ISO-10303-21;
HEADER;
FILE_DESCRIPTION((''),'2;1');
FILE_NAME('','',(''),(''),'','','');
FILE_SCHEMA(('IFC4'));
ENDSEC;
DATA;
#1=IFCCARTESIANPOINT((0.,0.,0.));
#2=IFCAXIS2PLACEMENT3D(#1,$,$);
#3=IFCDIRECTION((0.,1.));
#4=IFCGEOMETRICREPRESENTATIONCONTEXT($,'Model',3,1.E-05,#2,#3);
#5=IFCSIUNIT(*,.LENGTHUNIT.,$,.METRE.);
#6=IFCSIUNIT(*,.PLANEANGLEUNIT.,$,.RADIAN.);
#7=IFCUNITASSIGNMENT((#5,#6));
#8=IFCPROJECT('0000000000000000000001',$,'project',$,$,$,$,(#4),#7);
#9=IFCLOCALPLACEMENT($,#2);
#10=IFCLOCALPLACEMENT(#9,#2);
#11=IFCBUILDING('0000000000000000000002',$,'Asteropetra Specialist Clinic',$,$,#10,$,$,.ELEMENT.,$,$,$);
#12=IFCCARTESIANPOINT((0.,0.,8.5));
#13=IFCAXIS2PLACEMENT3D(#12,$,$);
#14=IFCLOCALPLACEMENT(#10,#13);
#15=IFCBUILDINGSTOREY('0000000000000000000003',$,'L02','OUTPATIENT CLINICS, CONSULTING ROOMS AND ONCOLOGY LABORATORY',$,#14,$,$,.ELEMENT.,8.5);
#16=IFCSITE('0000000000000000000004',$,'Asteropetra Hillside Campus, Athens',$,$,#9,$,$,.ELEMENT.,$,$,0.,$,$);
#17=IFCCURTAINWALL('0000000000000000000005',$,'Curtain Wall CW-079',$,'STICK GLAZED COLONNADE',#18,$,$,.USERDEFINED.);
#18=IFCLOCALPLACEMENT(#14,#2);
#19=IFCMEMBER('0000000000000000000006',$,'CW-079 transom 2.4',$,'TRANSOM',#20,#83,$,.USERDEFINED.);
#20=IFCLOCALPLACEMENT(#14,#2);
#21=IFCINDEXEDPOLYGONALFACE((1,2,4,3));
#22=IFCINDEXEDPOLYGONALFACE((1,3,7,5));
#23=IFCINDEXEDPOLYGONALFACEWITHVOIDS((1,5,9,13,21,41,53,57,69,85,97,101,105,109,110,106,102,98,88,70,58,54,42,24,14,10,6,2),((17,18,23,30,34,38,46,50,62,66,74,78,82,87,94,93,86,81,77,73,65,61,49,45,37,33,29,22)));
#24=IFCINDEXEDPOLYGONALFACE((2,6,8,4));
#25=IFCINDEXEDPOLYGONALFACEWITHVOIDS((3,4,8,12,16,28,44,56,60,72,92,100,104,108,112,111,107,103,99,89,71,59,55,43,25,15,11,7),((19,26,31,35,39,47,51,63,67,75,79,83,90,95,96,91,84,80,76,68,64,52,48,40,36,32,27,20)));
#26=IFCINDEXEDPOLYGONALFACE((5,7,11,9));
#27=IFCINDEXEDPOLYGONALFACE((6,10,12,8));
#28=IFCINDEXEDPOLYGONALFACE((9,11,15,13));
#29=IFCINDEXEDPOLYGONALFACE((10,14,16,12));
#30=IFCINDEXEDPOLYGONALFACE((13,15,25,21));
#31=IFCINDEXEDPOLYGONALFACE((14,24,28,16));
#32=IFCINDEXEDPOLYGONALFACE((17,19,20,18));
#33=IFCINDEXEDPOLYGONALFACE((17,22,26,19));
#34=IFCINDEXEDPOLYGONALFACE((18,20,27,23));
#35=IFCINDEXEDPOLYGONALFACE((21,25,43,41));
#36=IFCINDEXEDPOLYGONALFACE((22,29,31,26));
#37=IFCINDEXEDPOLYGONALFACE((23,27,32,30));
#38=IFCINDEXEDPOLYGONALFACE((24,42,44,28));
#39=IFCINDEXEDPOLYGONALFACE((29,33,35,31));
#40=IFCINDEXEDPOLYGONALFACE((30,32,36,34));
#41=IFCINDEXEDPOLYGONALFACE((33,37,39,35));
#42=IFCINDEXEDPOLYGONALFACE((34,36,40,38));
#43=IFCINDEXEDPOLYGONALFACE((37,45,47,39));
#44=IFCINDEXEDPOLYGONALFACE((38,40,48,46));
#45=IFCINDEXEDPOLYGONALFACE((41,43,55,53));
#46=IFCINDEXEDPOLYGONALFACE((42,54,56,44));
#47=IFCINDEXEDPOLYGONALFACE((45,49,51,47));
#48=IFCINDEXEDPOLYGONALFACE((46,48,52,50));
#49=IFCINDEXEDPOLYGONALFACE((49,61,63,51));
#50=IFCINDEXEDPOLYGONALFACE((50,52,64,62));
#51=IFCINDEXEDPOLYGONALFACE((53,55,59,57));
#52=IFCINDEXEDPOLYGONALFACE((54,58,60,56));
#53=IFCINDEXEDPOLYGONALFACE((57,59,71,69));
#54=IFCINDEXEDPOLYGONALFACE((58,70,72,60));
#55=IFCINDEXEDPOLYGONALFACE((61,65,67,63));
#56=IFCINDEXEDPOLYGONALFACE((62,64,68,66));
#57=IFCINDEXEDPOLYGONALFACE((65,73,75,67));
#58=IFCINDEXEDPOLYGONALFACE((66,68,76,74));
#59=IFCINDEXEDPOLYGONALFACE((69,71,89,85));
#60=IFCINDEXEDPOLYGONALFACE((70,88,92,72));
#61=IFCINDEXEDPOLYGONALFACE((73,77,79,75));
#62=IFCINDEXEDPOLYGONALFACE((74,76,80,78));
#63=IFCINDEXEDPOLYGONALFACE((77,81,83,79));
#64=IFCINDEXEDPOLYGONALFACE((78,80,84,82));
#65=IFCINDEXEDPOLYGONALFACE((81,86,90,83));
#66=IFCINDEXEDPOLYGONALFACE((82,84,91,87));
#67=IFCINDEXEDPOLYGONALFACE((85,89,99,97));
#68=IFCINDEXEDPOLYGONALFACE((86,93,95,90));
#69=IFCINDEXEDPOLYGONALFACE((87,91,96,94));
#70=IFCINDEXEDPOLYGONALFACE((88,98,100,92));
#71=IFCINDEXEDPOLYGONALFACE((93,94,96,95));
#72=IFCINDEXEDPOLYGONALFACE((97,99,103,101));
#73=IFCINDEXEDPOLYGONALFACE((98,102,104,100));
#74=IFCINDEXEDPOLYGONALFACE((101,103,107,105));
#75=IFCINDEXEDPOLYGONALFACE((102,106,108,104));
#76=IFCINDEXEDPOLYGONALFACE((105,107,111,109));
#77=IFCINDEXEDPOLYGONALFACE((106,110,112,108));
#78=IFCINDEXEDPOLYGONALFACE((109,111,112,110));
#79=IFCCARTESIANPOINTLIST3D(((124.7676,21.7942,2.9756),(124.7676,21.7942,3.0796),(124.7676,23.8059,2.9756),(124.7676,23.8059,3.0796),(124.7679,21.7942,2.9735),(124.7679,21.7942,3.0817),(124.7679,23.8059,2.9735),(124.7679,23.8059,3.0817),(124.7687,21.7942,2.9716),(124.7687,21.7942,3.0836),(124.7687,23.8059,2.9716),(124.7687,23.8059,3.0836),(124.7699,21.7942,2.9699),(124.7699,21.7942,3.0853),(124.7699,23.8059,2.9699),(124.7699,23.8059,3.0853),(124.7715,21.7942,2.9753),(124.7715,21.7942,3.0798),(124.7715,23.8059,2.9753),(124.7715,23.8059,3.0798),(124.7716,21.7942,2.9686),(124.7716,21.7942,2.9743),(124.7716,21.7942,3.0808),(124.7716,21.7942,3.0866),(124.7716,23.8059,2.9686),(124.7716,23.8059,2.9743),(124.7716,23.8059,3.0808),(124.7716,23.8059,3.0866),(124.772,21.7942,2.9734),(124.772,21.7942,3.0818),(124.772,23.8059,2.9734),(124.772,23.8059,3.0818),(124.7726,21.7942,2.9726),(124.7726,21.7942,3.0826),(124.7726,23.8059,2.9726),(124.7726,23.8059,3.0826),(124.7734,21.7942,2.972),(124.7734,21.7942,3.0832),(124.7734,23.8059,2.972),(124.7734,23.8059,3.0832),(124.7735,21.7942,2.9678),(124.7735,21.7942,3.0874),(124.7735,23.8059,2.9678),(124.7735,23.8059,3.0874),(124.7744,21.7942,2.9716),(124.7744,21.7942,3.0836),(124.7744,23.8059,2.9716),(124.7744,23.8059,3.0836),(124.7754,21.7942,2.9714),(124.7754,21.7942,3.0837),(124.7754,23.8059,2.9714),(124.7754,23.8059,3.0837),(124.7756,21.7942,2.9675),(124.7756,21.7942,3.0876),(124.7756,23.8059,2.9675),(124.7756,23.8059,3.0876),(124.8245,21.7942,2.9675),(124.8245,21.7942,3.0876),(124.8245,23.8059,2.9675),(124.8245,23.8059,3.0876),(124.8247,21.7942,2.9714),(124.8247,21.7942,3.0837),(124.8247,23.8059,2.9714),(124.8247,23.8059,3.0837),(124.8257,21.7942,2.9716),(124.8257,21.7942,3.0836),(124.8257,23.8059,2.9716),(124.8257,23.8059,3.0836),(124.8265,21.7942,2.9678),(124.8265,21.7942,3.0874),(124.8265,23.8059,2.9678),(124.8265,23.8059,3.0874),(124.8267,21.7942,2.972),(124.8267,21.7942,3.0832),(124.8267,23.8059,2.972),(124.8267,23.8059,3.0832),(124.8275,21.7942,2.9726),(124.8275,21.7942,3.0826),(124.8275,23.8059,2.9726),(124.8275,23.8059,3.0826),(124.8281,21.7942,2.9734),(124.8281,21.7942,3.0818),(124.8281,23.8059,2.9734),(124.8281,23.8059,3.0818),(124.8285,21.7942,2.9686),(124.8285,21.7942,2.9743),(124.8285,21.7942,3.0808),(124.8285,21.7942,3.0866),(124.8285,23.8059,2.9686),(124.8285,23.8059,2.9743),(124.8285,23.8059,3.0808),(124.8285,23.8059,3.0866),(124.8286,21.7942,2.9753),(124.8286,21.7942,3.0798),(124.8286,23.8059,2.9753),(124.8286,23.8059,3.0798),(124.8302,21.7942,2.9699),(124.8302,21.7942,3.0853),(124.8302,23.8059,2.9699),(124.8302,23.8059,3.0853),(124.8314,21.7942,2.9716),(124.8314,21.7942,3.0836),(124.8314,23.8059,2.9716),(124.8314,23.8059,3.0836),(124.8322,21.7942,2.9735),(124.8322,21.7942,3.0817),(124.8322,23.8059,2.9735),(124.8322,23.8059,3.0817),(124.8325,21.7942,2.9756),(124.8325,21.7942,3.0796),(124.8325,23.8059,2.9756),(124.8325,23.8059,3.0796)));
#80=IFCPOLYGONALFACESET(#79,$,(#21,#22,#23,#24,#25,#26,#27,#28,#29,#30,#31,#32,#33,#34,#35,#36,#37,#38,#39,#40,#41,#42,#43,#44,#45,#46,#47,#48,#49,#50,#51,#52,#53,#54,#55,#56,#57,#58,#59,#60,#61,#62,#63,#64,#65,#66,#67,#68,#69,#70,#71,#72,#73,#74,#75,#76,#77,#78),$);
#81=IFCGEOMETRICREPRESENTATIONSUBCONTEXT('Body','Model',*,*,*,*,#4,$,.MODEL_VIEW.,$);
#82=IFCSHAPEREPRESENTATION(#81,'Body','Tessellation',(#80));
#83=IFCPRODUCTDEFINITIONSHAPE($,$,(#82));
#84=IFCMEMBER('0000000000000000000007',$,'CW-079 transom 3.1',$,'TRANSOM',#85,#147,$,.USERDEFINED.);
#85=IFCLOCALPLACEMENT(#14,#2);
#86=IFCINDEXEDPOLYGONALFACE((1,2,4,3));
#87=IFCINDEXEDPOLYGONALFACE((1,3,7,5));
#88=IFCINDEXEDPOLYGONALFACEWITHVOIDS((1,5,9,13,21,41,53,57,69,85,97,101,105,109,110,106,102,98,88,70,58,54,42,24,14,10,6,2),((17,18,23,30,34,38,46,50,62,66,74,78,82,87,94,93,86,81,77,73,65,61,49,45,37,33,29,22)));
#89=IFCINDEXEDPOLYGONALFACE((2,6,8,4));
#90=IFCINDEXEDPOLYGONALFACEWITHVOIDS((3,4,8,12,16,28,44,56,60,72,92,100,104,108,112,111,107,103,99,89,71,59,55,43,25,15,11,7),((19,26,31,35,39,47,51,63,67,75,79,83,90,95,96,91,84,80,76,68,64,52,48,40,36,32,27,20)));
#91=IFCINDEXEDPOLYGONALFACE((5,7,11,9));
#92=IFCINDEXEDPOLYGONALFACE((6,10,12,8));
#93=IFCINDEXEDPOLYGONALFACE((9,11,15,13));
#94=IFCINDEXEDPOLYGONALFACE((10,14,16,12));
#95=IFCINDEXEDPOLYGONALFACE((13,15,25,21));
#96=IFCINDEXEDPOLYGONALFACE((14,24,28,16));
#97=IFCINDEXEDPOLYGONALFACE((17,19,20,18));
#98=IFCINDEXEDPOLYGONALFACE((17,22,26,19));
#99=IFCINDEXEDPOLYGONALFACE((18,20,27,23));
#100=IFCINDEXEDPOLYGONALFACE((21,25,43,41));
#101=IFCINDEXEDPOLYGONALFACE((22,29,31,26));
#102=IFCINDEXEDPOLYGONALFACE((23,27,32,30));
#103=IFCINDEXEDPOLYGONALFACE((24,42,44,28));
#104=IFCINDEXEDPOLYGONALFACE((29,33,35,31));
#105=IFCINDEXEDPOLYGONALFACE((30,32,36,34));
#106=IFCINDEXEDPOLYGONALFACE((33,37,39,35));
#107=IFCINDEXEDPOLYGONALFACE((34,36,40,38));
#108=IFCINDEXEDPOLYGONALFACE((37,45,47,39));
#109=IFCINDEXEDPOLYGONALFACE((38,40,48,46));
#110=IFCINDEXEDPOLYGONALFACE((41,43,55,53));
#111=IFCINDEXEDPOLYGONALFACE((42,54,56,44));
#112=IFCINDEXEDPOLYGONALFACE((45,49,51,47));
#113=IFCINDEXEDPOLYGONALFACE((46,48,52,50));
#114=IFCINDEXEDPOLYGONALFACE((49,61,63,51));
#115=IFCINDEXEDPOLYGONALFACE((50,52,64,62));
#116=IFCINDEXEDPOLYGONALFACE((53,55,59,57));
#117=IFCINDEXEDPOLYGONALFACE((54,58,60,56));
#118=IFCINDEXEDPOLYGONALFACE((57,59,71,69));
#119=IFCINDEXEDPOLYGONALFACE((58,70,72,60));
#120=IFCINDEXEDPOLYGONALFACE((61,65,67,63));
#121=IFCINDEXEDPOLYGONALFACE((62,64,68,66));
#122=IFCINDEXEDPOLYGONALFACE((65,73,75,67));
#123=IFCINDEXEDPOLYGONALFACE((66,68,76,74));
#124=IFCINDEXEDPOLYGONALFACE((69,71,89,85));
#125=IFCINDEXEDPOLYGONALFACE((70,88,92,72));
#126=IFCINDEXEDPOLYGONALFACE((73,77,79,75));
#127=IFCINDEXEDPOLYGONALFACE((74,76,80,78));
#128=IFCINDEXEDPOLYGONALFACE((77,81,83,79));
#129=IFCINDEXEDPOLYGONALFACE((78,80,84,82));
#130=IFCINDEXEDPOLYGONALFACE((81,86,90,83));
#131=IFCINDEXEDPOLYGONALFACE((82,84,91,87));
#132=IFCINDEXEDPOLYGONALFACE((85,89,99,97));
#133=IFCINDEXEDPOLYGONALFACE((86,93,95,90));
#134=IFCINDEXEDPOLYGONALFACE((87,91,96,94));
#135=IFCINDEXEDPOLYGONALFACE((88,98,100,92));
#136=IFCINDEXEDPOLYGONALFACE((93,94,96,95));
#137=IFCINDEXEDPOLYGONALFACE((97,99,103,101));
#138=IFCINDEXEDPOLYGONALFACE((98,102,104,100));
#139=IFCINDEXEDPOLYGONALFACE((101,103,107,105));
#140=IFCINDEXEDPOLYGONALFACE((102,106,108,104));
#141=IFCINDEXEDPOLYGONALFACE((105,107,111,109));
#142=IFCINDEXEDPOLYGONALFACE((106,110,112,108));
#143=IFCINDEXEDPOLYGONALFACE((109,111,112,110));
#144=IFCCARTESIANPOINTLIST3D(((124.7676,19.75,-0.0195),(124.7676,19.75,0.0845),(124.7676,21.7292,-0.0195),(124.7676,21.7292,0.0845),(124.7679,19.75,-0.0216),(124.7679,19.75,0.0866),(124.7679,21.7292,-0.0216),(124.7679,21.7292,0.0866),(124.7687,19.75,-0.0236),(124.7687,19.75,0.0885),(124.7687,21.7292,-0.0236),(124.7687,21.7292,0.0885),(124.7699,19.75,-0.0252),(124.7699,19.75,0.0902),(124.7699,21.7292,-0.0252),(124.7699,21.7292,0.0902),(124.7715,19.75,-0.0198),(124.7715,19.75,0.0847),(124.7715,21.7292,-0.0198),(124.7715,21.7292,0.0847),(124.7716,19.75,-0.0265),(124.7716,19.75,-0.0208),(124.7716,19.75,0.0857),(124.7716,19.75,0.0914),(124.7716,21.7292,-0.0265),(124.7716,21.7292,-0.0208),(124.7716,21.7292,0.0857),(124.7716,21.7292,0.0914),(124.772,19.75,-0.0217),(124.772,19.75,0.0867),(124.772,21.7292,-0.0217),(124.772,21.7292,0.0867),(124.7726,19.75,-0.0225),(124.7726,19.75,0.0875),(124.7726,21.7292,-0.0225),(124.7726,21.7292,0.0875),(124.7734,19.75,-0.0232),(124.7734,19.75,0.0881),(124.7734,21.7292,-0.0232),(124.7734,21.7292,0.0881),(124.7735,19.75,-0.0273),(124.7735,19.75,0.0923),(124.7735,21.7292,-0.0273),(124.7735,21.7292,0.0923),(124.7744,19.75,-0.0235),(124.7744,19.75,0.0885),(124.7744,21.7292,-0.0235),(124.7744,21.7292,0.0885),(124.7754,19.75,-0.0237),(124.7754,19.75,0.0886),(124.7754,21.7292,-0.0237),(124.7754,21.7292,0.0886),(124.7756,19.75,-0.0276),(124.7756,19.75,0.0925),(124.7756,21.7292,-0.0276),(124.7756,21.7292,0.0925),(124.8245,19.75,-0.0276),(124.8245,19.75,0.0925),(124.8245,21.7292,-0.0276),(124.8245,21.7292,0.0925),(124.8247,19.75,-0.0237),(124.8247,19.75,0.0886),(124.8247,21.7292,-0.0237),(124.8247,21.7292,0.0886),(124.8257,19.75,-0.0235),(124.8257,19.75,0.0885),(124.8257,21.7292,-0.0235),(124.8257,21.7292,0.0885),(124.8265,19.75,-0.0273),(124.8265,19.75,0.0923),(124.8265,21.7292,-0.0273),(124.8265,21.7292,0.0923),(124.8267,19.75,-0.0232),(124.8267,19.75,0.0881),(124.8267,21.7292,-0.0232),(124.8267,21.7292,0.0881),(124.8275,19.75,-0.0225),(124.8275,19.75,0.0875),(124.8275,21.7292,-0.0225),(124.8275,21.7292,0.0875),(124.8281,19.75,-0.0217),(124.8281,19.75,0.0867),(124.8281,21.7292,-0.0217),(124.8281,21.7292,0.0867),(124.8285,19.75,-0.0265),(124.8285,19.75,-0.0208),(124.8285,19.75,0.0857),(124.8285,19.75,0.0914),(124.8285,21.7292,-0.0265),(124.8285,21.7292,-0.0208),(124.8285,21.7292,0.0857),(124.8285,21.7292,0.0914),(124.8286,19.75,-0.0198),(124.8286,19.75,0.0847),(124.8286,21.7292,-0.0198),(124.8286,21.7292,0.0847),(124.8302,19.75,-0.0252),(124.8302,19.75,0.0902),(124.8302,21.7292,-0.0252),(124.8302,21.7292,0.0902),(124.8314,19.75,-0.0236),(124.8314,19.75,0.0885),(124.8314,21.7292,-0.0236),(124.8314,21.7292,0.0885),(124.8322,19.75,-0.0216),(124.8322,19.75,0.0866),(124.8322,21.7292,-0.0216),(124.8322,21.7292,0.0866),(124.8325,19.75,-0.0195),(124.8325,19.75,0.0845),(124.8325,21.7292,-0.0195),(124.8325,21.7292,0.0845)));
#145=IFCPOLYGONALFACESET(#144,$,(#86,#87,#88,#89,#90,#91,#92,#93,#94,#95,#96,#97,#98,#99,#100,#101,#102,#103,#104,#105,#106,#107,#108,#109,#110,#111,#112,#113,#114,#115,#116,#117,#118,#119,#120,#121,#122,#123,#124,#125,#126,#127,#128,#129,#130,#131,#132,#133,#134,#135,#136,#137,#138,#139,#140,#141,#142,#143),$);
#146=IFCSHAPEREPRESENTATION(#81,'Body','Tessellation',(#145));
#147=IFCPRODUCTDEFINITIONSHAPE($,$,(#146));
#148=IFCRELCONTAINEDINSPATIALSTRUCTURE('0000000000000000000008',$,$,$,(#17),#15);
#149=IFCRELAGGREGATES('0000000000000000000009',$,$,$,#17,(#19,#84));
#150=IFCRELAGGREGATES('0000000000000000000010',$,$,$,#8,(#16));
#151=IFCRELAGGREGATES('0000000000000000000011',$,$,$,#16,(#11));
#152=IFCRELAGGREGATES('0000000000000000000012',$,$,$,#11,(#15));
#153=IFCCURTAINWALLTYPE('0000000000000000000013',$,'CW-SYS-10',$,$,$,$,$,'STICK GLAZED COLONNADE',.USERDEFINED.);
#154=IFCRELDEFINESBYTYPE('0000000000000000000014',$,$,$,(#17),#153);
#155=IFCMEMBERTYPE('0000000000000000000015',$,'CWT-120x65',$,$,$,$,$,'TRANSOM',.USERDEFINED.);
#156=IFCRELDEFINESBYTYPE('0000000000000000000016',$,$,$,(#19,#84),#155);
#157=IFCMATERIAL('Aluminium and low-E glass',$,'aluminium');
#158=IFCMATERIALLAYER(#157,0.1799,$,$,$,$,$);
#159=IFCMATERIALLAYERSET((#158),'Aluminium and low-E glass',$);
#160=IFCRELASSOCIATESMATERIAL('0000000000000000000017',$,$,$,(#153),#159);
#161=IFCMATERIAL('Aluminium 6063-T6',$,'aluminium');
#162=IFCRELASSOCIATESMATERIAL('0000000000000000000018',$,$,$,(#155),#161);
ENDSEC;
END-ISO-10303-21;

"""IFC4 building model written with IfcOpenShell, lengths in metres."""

from ifc_helpers import new_model, si_unit, direction, frame, origin, origin_2d, place, context, subcontext, project, spatial, hollow_rectangle, extrude, material, layer, layer_set, material_profile, profile_set, type_object, element, aggregate, save


model = new_model("IFC4")

# Units and contexts
model_context = context("Model", 3, precision=1e-05, world=origin(), true_north=direction((0.0, 1.0)))
body_context = subcontext(model_context, "Body", "Model", "MODEL_VIEW")
ifc_project = project(units=[si_unit("LENGTHUNIT", "METRE"), si_unit("PLANEANGLEUNIT", "RADIAN")], contexts=[model_context])

# Site, building, storey
site_placement = place(None, origin())
site = spatial("IfcSite", under=ifc_project, at=site_placement, Name="Asteropetra Hillside Campus, Athens", CompositionType="ELEMENT", RefElevation=0.0)
building_placement = place(site_placement, origin())
building = spatial("IfcBuilding", under=site, at=building_placement, Name="Asteropetra Specialist Clinic", CompositionType="ELEMENT")
storey_placement = place(building_placement, frame((0.0, 0.0, 8.5)))
storey = spatial("IfcBuildingStorey", under=building, at=storey_placement, Name="L02", Description="OUTPATIENT CLINICS, CONSULTING ROOMS AND ONCOLOGY LABORATORY", CompositionType="ELEMENT", Elevation=8.5)

# Curtain wall
ifc_material_1 = material(Name="Aluminium and low-E glass", Category="aluminium")
ifc_layer_1 = layer(ifc_material_1, 0.1799)
ifc_layer_set_1 = layer_set([ifc_layer_1], Name="Aluminium and low-E glass")
curtain_wall_type_1 = type_object("IfcCurtainWallType", Name="CW-SYS-10", ElementType="STICK GLAZED COLONNADE", PredefinedType="USERDEFINED", material=ifc_layer_set_1)
curtain_wall_1_placement = place(storey_placement, origin())
curtain_wall_1 = element("IfcCurtainWall", 1, at=curtain_wall_1_placement, inside=storey, type_object=curtain_wall_type_1, Name="Curtain Wall CW-079", ObjectType="STICK GLAZED COLONNADE", PredefinedType="USERDEFINED")

# Members
ifc_material_2 = material(Name="Aluminium 6063-T6", Category="aluminium")
ifc_material_profile_1 = material_profile(ifc_material_2, hollow_rectangle(XDim=0.0649, YDim=0.1201, WallThickness=0.0039, InnerFilletRadius=0.0039, OuterFilletRadius=0.0081, at=origin_2d()), Name="TRN 120x65x4.0")
ifc_profile_set_1 = profile_set([ifc_material_profile_1], Name="Aluminium 6063-T6")
member_type_1 = type_object("IfcMemberType", Name="CWT-120x65", ElementType="TRANSOM", PredefinedType="USERDEFINED", material=ifc_profile_set_1)
member_1_placement = place(storey_placement, frame((124.8, 23.8059, 3.0276), z_axis=(0.0, -1.0, 0.0), x_axis=(1.0, 0.0, 0.0)))
member_1 = element("IfcMember", 2, at=member_1_placement, type_object=member_type_1, Name="CW-079 transom 2.4", ObjectType="TRANSOM", PredefinedType="USERDEFINED", context=body_context, shape_type="SweptSolid", body=[
    extrude(hollow_rectangle(XDim=0.0649, YDim=0.1201, WallThickness=0.0039, InnerFilletRadius=0.0039, OuterFilletRadius=0.0081, at=origin_2d()), origin(), (0.0, 0.0, 1.0), 2.0117),
])
member_2_placement = place(storey_placement, frame((124.8, 21.7292, 0.0325), z_axis=(0.0, -1.0, 0.0), x_axis=(1.0, 0.0, 0.0)))
member_2 = element("IfcMember", 3, at=member_2_placement, type_object=member_type_1, Name="CW-079 transom 3.1", ObjectType="TRANSOM", PredefinedType="USERDEFINED", context=body_context, shape_type="SweptSolid", body=[
    extrude(hollow_rectangle(XDim=0.0649, YDim=0.1201, WallThickness=0.0039, InnerFilletRadius=0.0039, OuterFilletRadius=0.0081, at=origin_2d()), origin(), (0.0, 0.0, 1.0), 1.9792),
])

aggregate(curtain_wall_1, [member_1, member_2])

save(model, "model.ifc")
